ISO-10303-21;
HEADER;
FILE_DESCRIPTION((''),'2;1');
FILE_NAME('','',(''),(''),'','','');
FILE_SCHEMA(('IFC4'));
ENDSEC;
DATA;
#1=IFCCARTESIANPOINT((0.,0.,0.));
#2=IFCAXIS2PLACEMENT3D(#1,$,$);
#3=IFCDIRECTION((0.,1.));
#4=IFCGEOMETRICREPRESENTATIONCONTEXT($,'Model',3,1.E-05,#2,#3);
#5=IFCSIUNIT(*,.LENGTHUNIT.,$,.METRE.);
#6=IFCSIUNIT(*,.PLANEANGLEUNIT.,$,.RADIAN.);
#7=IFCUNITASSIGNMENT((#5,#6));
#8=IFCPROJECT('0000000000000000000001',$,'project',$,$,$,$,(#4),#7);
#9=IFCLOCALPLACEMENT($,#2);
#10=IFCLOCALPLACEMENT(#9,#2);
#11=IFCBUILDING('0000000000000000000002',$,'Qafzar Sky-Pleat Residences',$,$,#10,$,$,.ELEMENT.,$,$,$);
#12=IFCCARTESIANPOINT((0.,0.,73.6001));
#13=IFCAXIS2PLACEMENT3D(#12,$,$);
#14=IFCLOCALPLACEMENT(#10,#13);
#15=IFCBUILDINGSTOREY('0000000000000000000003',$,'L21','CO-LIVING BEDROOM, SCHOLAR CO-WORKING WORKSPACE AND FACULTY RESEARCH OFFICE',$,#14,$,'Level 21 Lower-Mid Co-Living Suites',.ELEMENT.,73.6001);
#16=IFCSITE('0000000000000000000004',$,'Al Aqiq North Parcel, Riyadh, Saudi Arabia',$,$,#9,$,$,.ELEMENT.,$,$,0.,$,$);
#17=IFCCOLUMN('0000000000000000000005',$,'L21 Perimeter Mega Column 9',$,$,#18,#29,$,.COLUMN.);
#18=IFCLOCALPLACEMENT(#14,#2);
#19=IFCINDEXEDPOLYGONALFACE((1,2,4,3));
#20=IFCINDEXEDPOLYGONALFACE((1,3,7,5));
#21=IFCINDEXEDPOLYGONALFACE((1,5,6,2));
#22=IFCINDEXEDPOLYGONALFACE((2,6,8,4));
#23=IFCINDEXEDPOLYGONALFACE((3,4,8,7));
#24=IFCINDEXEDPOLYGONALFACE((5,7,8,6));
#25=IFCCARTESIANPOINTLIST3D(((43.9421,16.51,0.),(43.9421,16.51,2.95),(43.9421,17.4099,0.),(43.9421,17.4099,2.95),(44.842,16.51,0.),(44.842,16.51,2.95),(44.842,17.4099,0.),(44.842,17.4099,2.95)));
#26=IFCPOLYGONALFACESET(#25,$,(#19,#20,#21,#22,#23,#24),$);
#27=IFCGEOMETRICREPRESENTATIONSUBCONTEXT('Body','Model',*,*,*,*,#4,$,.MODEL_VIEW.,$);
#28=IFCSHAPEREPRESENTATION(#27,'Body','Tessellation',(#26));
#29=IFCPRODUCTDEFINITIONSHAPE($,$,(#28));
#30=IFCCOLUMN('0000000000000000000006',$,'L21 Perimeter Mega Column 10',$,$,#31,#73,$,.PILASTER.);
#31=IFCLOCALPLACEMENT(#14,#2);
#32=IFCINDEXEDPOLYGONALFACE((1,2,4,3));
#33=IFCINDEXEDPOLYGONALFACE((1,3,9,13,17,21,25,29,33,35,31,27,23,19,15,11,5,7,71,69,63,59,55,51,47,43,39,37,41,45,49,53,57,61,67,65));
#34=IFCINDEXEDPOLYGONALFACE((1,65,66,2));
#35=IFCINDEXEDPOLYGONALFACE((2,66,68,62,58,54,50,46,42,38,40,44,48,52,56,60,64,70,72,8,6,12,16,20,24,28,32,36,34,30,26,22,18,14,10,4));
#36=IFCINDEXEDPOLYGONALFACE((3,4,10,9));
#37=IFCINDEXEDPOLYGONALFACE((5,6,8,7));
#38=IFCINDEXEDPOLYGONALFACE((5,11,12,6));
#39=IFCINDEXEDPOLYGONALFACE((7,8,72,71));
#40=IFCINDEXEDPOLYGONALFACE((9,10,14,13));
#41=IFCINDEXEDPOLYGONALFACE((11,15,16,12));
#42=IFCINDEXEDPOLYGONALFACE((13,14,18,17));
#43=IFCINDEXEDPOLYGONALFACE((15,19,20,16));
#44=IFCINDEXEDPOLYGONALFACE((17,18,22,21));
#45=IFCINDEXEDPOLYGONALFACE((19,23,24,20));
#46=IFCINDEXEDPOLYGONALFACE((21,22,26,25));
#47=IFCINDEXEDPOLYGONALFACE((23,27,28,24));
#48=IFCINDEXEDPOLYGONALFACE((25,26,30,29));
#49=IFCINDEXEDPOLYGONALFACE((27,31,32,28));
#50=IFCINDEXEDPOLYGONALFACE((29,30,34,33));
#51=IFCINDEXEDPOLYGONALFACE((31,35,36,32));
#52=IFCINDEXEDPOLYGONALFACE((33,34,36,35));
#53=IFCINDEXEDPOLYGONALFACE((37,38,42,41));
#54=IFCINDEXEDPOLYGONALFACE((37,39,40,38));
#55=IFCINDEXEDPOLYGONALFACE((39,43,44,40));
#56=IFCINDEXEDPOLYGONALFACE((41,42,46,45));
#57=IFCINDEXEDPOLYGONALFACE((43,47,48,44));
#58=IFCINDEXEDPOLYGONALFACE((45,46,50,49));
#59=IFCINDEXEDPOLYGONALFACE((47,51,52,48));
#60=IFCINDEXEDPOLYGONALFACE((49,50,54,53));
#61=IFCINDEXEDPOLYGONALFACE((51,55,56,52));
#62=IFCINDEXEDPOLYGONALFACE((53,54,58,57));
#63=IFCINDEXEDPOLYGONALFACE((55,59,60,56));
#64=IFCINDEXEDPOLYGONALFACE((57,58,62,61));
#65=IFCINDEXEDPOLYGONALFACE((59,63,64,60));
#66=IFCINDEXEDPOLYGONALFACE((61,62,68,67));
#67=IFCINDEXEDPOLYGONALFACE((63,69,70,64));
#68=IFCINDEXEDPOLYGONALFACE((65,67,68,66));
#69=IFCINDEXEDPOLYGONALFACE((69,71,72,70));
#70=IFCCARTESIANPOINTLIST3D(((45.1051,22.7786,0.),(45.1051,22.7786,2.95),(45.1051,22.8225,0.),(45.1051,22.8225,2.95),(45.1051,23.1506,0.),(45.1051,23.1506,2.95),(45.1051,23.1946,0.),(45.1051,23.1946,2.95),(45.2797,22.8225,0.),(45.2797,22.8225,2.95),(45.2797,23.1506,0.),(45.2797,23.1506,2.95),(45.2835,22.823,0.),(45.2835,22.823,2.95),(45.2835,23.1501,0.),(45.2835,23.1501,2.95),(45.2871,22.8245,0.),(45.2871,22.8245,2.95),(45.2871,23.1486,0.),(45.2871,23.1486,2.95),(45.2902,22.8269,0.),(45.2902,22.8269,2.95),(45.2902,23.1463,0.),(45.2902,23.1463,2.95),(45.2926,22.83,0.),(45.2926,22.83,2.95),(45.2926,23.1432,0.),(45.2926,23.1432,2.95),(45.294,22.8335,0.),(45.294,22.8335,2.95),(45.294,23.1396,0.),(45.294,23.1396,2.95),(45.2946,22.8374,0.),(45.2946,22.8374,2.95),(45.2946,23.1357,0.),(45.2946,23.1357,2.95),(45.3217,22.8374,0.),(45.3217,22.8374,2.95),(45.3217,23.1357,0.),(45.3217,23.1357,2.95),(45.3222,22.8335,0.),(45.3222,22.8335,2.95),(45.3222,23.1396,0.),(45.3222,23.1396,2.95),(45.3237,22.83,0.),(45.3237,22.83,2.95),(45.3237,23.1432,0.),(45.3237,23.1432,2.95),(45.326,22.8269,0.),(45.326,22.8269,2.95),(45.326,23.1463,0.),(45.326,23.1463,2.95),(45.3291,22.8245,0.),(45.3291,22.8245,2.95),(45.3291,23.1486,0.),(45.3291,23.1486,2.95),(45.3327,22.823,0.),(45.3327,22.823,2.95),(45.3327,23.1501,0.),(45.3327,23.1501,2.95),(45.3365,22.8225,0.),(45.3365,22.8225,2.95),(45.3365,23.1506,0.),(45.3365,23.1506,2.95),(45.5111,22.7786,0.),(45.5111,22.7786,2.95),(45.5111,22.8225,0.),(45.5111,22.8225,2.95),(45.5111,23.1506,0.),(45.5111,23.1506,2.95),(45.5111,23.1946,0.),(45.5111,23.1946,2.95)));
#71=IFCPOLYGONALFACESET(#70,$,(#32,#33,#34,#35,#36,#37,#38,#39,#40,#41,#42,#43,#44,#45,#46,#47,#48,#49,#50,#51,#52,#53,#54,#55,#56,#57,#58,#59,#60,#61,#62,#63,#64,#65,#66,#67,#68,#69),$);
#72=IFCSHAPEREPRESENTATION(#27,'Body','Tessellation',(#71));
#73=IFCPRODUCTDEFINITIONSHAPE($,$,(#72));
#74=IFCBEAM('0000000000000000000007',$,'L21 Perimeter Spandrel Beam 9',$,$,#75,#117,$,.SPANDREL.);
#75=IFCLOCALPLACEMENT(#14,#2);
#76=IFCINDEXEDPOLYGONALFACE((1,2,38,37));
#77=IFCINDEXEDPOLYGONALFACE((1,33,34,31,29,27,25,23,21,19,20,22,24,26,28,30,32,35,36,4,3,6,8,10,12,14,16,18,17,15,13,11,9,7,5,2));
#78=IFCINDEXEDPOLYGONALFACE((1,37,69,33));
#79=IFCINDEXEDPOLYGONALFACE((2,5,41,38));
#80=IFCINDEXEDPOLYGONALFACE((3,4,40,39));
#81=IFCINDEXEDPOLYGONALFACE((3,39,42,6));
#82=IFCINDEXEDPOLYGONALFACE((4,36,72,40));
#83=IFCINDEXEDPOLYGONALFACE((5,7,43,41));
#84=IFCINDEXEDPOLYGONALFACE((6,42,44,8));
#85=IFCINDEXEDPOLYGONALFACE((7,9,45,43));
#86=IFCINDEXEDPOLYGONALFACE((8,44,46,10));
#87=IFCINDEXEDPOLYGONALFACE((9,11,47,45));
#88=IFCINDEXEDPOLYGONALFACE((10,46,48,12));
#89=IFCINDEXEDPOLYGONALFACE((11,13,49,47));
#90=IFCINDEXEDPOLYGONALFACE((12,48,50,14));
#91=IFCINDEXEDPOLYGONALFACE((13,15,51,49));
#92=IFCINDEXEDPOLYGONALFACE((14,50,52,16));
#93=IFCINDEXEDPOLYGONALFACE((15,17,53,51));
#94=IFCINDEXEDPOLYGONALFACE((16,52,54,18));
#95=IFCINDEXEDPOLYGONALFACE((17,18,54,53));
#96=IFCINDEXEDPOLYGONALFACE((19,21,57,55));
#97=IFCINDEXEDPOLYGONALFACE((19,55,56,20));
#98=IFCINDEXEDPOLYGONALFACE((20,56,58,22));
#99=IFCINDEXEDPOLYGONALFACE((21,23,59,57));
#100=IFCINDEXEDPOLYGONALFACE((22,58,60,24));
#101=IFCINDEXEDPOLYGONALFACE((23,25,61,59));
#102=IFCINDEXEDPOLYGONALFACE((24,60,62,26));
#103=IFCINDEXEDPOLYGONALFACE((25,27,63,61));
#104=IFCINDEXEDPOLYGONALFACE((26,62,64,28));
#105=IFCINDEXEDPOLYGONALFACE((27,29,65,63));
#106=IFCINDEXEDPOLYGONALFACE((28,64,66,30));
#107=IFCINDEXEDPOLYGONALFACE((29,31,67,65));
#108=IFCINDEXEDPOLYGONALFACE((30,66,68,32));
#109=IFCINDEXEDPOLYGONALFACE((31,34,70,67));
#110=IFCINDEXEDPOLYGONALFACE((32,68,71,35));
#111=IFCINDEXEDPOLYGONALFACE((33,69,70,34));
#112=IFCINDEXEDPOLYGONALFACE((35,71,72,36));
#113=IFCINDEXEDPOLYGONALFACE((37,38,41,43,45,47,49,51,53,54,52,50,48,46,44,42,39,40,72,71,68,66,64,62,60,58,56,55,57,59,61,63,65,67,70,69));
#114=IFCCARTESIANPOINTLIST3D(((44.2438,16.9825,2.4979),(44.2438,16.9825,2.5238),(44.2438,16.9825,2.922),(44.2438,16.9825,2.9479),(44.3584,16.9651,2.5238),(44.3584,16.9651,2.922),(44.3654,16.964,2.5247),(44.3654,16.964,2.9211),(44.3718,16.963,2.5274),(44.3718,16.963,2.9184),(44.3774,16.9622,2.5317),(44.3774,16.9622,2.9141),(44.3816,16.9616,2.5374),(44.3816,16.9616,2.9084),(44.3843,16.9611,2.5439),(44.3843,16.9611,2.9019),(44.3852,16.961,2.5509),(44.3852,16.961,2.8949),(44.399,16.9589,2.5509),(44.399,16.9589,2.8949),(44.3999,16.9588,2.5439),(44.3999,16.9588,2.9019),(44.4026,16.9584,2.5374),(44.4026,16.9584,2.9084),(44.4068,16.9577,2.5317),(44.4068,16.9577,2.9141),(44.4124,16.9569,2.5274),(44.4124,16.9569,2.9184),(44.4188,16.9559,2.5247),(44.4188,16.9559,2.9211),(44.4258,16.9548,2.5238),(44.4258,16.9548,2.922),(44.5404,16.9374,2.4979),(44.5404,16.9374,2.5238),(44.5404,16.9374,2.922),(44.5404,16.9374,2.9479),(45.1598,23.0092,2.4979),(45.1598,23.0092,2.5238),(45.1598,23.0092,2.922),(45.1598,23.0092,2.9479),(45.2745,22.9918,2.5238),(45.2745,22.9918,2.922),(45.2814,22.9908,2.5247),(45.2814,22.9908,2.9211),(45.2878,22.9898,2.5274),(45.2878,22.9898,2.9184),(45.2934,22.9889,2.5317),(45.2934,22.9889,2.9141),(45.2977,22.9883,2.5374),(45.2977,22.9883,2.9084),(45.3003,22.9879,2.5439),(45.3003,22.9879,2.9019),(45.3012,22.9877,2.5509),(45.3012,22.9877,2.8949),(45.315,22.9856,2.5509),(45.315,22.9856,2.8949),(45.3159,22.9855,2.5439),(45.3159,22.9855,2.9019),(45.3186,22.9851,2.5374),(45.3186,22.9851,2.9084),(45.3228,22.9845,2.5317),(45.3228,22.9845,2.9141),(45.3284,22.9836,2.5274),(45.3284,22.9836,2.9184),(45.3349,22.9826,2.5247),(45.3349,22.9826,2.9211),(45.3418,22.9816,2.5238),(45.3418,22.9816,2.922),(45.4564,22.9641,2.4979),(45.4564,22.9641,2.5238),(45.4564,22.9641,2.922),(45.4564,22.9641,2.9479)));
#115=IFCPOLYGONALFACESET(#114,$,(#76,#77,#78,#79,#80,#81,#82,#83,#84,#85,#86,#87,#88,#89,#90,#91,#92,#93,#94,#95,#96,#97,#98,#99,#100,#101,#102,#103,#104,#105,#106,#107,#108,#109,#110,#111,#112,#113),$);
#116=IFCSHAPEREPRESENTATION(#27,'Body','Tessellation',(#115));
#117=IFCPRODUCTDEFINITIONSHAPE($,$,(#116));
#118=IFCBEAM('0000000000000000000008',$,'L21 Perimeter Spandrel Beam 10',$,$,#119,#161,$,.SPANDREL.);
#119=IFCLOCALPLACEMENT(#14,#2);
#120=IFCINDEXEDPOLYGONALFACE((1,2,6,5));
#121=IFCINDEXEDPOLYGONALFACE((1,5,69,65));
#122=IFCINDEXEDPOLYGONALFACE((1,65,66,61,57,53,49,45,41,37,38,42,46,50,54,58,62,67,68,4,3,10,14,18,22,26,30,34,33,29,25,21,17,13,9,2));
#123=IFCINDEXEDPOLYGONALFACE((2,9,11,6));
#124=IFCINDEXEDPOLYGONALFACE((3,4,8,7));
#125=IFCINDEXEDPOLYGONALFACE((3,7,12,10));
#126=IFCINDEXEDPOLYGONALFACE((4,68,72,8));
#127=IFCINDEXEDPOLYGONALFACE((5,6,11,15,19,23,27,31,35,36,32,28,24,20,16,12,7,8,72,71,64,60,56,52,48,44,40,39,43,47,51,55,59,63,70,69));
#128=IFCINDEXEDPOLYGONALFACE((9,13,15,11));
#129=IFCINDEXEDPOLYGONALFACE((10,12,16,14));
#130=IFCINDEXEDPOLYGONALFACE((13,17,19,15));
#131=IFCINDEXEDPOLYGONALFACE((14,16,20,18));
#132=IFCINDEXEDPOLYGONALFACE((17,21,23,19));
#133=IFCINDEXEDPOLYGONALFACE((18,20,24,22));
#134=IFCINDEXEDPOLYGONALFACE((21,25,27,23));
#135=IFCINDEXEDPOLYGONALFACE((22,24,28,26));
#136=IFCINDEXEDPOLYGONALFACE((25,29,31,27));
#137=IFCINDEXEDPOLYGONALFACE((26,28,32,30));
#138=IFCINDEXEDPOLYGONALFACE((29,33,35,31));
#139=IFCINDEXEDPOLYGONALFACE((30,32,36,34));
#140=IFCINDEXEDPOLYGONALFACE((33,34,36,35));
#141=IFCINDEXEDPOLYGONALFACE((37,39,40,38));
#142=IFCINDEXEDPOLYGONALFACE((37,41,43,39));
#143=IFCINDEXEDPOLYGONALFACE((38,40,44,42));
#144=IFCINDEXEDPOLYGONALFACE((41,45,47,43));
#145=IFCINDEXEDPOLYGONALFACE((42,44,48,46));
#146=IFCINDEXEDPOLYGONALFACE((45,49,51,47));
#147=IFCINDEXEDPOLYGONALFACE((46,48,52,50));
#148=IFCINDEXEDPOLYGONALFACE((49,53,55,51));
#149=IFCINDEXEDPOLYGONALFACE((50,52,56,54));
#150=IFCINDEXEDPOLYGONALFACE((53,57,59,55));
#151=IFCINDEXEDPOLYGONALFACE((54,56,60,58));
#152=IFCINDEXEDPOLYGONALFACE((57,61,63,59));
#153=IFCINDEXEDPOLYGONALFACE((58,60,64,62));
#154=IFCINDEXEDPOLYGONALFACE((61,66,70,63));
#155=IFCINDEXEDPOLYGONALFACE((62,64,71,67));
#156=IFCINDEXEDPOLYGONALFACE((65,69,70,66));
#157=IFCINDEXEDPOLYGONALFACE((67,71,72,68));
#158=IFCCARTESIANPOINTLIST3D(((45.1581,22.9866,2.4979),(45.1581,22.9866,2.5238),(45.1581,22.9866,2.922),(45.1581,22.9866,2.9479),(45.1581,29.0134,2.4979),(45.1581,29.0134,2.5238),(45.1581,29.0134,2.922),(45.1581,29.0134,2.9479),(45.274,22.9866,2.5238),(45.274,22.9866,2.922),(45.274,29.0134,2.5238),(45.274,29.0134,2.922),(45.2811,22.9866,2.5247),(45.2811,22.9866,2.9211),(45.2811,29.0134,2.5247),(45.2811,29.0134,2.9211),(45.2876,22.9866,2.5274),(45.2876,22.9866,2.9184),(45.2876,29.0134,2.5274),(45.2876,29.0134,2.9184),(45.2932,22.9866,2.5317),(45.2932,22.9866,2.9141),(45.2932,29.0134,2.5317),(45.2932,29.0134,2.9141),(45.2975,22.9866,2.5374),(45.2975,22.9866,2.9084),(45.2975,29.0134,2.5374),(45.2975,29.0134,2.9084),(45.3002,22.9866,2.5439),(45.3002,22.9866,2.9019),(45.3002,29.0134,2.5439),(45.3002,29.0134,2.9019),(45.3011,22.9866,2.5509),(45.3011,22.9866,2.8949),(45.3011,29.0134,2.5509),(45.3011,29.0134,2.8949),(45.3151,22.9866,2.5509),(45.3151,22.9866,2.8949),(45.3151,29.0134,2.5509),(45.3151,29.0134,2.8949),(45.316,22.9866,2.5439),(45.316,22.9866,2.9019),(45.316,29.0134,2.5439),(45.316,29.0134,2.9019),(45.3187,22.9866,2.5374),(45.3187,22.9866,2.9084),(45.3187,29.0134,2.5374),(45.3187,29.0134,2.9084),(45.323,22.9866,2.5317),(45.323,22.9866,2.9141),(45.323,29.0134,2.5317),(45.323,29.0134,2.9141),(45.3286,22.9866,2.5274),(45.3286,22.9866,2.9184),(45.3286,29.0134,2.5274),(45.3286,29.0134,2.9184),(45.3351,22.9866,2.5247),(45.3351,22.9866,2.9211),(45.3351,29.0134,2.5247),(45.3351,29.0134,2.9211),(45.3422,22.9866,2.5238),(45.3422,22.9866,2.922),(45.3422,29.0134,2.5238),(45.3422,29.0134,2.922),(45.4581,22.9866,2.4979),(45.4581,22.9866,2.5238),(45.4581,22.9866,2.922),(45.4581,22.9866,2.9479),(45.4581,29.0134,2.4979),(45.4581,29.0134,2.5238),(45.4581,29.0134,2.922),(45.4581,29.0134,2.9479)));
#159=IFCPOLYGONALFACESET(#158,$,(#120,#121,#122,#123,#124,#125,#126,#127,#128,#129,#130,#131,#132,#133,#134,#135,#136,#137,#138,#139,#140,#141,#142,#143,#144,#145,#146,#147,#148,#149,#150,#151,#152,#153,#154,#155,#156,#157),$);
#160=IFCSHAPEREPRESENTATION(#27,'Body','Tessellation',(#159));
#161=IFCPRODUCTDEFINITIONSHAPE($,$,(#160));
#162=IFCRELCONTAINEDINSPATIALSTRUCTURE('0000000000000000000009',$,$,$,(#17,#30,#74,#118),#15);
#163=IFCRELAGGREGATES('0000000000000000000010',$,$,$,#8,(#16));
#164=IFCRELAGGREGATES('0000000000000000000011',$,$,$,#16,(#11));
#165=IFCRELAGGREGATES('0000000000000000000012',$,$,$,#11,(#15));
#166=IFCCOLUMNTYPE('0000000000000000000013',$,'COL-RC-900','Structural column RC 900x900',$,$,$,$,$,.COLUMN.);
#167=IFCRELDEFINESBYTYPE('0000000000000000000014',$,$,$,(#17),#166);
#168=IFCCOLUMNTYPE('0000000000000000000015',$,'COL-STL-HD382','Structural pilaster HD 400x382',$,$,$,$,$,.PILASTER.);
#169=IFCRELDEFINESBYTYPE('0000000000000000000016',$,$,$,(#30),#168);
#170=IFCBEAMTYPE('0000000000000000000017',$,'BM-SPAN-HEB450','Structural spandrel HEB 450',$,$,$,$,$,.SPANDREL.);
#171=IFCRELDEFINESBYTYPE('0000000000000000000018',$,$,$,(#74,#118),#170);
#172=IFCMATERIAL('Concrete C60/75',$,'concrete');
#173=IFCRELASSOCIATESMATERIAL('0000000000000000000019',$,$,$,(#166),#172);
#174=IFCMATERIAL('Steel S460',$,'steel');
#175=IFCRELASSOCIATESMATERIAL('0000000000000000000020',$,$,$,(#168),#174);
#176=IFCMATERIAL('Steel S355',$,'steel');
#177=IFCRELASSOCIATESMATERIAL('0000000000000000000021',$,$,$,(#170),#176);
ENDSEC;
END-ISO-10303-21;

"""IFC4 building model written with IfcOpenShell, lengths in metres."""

from ifc_helpers import new_model, si_unit, direction, frame, origin, origin_2d, place, context, subcontext, project, spatial, rectangle, i_section, extrude, source, transform, mapped, material, material_profile, profile_set, type_object, element, save


model = new_model("IFC4")

# Units and contexts
model_context = context("Model", 3, precision=1e-05, world=origin(), true_north=direction((0.0, 1.0)))
body_context = subcontext(model_context, "Body", "Model", "MODEL_VIEW")
ifc_project = project(units=[si_unit("LENGTHUNIT", "METRE"), si_unit("PLANEANGLEUNIT", "RADIAN")], contexts=[model_context])

# Site, building, storey
site_placement = place(None, origin())
site = spatial("IfcSite", under=ifc_project, at=site_placement, Name="Al Aqiq North Parcel, Riyadh, Saudi Arabia", CompositionType="ELEMENT", RefElevation=0.0)
building_placement = place(site_placement, origin())
building = spatial("IfcBuilding", under=site, at=building_placement, Name="Qafzar Sky-Pleat Residences", CompositionType="ELEMENT")
storey_placement = place(building_placement, frame((0.0, 0.0, 73.6001)))
storey = spatial("IfcBuildingStorey", under=building, at=storey_placement, Name="L21", Description="CO-LIVING BEDROOM, SCHOLAR CO-WORKING WORKSPACE AND FACULTY RESEARCH OFFICE", LongName="Level 21 Lower-Mid Co-Living Suites", CompositionType="ELEMENT", Elevation=73.6001)

# Columns
ifc_material_1 = material(Name="Concrete C60/75", Category="concrete")
ifc_material_profile_1 = material_profile(ifc_material_1, rectangle(XDim=0.8999, YDim=0.8999, at=origin_2d()), Name="RC 900x900")
ifc_profile_set_1 = profile_set([ifc_material_profile_1], Name="Concrete C60/75")
column_type_1 = type_object("IfcColumnType", Name="COL-RC-900", Description="Structural column RC 900x900", PredefinedType="COLUMN", material=ifc_profile_set_1)
shared_shape_1 = source(origin(), body_context, "Body", "SweptSolid", [
    extrude(rectangle(XDim=0.8999, YDim=0.8999, at=origin_2d()), origin(), (0.0, 0.0, 1.0), 2.95),
])
column_1_placement = place(storey_placement, frame((44.3921, 16.96, 0.0), z_axis=(0.0, 0.0, 1.0), x_axis=(1.0, 0.0, 0.0)))
element("IfcColumn", 1, at=column_1_placement, inside=storey, type_object=column_type_1, Name="L21 Perimeter Mega Column 9", PredefinedType="COLUMN", context=body_context, shape_type="MappedRepresentation", body=[
    mapped(shared_shape_1, transform((0.0, 0.0, 0.0), x_axis=(1.0, 0.0, 0.0), y_axis=(0.0, 1.0, 0.0), z_axis=(0.0, 0.0, 1.0), scale=1.0)),
])
ifc_material_2 = material(Name="Steel S460", Category="steel")
ifc_material_profile_2 = material_profile(ifc_material_2, i_section(OverallWidth=0.406, OverallDepth=0.416, WebThickness=0.0271, FlangeThickness=0.0439, FilletRadius=0.0149, at=origin_2d()), Name="HD 400x382")
ifc_profile_set_2 = profile_set([ifc_material_profile_2], Name="Steel S460")
column_type_2 = type_object("IfcColumnType", Name="COL-STL-HD382", Description="Structural pilaster HD 400x382", PredefinedType="PILASTER", material=ifc_profile_set_2)
shared_shape_2 = source(origin(), body_context, "Body", "SweptSolid", [
    extrude(i_section(OverallWidth=0.406, OverallDepth=0.416, WebThickness=0.0271, FlangeThickness=0.0439, FilletRadius=0.0149, at=origin_2d()), origin(), (0.0, 0.0, 1.0), 2.95),
])
column_2_placement = place(storey_placement, frame((45.3081, 22.9866, 0.0), z_axis=(0.0, 0.0, 1.0), x_axis=(1.0, 0.0, 0.0)))
element("IfcColumn", 2, at=column_2_placement, inside=storey, type_object=column_type_2, Name="L21 Perimeter Mega Column 10", PredefinedType="PILASTER", context=body_context, shape_type="MappedRepresentation", body=[
    mapped(shared_shape_2, transform((0.0, 0.0, 0.0), x_axis=(1.0, 0.0, 0.0), y_axis=(0.0, 1.0, 0.0), z_axis=(0.0, 0.0, 1.0), scale=1.0)),
])

# Beams
ifc_material_3 = material(Name="Steel S355", Category="steel")
ifc_material_profile_3 = material_profile(ifc_material_3, i_section(OverallWidth=0.3, OverallDepth=0.45, WebThickness=0.0139, FlangeThickness=0.0259, FilletRadius=0.0271, at=origin_2d()), Name="HEB 450")
ifc_profile_set_3 = profile_set([ifc_material_profile_3], Name="Steel S355")
beam_type_1 = type_object("IfcBeamType", Name="BM-SPAN-HEB450", Description="Structural spandrel HEB 450", PredefinedType="SPANDREL", material=ifc_profile_set_3)
shared_shape_3 = source(origin(), body_context, "Body", "SweptSolid", [
    extrude(i_section(OverallWidth=0.3, OverallDepth=0.45, WebThickness=0.0139, FlangeThickness=0.0259, FilletRadius=0.0271, at=origin_2d()), origin(), (0.0, 0.0, 1.0), 6.0959),
])
beam_1_placement = place(storey_placement, frame((44.3921, 16.96, 2.7229), z_axis=(0.150269, 0.988645, 0.0), x_axis=(-0.988645, 0.150269, 0.0)))
element("IfcBeam", 3, at=beam_1_placement, inside=storey, type_object=beam_type_1, Name="L21 Perimeter Spandrel Beam 9", PredefinedType="SPANDREL", context=body_context, shape_type="MappedRepresentation", body=[
    mapped(shared_shape_3, transform((0.0, 0.0, 0.0), x_axis=(1.0, 0.0, 0.0), y_axis=(0.0, 1.0, 0.0), z_axis=(0.0, 0.0, 1.0), scale=1.0)),
])
shared_shape_4 = source(origin(), body_context, "Body", "SweptSolid", [
    extrude(i_section(OverallWidth=0.3, OverallDepth=0.45, WebThickness=0.0139, FlangeThickness=0.0259, FilletRadius=0.0271, at=origin_2d()), origin(), (0.0, 0.0, 1.0), 6.0269),
])
beam_2_placement = place(storey_placement, frame((45.3081, 22.9866, 2.7229), z_axis=(0.0, 1.0, 0.0), x_axis=(-1.0, 0.0, 0.0)))
element("IfcBeam", 4, at=beam_2_placement, inside=storey, type_object=beam_type_1, Name="L21 Perimeter Spandrel Beam 10", PredefinedType="SPANDREL", context=body_context, shape_type="MappedRepresentation", body=[
    mapped(shared_shape_4, transform((0.0, 0.0, 0.0), x_axis=(1.0, 0.0, 0.0), y_axis=(0.0, 1.0, 0.0), z_axis=(0.0, 0.0, 1.0), scale=1.0)),
])

save(model, "model.ifc")
